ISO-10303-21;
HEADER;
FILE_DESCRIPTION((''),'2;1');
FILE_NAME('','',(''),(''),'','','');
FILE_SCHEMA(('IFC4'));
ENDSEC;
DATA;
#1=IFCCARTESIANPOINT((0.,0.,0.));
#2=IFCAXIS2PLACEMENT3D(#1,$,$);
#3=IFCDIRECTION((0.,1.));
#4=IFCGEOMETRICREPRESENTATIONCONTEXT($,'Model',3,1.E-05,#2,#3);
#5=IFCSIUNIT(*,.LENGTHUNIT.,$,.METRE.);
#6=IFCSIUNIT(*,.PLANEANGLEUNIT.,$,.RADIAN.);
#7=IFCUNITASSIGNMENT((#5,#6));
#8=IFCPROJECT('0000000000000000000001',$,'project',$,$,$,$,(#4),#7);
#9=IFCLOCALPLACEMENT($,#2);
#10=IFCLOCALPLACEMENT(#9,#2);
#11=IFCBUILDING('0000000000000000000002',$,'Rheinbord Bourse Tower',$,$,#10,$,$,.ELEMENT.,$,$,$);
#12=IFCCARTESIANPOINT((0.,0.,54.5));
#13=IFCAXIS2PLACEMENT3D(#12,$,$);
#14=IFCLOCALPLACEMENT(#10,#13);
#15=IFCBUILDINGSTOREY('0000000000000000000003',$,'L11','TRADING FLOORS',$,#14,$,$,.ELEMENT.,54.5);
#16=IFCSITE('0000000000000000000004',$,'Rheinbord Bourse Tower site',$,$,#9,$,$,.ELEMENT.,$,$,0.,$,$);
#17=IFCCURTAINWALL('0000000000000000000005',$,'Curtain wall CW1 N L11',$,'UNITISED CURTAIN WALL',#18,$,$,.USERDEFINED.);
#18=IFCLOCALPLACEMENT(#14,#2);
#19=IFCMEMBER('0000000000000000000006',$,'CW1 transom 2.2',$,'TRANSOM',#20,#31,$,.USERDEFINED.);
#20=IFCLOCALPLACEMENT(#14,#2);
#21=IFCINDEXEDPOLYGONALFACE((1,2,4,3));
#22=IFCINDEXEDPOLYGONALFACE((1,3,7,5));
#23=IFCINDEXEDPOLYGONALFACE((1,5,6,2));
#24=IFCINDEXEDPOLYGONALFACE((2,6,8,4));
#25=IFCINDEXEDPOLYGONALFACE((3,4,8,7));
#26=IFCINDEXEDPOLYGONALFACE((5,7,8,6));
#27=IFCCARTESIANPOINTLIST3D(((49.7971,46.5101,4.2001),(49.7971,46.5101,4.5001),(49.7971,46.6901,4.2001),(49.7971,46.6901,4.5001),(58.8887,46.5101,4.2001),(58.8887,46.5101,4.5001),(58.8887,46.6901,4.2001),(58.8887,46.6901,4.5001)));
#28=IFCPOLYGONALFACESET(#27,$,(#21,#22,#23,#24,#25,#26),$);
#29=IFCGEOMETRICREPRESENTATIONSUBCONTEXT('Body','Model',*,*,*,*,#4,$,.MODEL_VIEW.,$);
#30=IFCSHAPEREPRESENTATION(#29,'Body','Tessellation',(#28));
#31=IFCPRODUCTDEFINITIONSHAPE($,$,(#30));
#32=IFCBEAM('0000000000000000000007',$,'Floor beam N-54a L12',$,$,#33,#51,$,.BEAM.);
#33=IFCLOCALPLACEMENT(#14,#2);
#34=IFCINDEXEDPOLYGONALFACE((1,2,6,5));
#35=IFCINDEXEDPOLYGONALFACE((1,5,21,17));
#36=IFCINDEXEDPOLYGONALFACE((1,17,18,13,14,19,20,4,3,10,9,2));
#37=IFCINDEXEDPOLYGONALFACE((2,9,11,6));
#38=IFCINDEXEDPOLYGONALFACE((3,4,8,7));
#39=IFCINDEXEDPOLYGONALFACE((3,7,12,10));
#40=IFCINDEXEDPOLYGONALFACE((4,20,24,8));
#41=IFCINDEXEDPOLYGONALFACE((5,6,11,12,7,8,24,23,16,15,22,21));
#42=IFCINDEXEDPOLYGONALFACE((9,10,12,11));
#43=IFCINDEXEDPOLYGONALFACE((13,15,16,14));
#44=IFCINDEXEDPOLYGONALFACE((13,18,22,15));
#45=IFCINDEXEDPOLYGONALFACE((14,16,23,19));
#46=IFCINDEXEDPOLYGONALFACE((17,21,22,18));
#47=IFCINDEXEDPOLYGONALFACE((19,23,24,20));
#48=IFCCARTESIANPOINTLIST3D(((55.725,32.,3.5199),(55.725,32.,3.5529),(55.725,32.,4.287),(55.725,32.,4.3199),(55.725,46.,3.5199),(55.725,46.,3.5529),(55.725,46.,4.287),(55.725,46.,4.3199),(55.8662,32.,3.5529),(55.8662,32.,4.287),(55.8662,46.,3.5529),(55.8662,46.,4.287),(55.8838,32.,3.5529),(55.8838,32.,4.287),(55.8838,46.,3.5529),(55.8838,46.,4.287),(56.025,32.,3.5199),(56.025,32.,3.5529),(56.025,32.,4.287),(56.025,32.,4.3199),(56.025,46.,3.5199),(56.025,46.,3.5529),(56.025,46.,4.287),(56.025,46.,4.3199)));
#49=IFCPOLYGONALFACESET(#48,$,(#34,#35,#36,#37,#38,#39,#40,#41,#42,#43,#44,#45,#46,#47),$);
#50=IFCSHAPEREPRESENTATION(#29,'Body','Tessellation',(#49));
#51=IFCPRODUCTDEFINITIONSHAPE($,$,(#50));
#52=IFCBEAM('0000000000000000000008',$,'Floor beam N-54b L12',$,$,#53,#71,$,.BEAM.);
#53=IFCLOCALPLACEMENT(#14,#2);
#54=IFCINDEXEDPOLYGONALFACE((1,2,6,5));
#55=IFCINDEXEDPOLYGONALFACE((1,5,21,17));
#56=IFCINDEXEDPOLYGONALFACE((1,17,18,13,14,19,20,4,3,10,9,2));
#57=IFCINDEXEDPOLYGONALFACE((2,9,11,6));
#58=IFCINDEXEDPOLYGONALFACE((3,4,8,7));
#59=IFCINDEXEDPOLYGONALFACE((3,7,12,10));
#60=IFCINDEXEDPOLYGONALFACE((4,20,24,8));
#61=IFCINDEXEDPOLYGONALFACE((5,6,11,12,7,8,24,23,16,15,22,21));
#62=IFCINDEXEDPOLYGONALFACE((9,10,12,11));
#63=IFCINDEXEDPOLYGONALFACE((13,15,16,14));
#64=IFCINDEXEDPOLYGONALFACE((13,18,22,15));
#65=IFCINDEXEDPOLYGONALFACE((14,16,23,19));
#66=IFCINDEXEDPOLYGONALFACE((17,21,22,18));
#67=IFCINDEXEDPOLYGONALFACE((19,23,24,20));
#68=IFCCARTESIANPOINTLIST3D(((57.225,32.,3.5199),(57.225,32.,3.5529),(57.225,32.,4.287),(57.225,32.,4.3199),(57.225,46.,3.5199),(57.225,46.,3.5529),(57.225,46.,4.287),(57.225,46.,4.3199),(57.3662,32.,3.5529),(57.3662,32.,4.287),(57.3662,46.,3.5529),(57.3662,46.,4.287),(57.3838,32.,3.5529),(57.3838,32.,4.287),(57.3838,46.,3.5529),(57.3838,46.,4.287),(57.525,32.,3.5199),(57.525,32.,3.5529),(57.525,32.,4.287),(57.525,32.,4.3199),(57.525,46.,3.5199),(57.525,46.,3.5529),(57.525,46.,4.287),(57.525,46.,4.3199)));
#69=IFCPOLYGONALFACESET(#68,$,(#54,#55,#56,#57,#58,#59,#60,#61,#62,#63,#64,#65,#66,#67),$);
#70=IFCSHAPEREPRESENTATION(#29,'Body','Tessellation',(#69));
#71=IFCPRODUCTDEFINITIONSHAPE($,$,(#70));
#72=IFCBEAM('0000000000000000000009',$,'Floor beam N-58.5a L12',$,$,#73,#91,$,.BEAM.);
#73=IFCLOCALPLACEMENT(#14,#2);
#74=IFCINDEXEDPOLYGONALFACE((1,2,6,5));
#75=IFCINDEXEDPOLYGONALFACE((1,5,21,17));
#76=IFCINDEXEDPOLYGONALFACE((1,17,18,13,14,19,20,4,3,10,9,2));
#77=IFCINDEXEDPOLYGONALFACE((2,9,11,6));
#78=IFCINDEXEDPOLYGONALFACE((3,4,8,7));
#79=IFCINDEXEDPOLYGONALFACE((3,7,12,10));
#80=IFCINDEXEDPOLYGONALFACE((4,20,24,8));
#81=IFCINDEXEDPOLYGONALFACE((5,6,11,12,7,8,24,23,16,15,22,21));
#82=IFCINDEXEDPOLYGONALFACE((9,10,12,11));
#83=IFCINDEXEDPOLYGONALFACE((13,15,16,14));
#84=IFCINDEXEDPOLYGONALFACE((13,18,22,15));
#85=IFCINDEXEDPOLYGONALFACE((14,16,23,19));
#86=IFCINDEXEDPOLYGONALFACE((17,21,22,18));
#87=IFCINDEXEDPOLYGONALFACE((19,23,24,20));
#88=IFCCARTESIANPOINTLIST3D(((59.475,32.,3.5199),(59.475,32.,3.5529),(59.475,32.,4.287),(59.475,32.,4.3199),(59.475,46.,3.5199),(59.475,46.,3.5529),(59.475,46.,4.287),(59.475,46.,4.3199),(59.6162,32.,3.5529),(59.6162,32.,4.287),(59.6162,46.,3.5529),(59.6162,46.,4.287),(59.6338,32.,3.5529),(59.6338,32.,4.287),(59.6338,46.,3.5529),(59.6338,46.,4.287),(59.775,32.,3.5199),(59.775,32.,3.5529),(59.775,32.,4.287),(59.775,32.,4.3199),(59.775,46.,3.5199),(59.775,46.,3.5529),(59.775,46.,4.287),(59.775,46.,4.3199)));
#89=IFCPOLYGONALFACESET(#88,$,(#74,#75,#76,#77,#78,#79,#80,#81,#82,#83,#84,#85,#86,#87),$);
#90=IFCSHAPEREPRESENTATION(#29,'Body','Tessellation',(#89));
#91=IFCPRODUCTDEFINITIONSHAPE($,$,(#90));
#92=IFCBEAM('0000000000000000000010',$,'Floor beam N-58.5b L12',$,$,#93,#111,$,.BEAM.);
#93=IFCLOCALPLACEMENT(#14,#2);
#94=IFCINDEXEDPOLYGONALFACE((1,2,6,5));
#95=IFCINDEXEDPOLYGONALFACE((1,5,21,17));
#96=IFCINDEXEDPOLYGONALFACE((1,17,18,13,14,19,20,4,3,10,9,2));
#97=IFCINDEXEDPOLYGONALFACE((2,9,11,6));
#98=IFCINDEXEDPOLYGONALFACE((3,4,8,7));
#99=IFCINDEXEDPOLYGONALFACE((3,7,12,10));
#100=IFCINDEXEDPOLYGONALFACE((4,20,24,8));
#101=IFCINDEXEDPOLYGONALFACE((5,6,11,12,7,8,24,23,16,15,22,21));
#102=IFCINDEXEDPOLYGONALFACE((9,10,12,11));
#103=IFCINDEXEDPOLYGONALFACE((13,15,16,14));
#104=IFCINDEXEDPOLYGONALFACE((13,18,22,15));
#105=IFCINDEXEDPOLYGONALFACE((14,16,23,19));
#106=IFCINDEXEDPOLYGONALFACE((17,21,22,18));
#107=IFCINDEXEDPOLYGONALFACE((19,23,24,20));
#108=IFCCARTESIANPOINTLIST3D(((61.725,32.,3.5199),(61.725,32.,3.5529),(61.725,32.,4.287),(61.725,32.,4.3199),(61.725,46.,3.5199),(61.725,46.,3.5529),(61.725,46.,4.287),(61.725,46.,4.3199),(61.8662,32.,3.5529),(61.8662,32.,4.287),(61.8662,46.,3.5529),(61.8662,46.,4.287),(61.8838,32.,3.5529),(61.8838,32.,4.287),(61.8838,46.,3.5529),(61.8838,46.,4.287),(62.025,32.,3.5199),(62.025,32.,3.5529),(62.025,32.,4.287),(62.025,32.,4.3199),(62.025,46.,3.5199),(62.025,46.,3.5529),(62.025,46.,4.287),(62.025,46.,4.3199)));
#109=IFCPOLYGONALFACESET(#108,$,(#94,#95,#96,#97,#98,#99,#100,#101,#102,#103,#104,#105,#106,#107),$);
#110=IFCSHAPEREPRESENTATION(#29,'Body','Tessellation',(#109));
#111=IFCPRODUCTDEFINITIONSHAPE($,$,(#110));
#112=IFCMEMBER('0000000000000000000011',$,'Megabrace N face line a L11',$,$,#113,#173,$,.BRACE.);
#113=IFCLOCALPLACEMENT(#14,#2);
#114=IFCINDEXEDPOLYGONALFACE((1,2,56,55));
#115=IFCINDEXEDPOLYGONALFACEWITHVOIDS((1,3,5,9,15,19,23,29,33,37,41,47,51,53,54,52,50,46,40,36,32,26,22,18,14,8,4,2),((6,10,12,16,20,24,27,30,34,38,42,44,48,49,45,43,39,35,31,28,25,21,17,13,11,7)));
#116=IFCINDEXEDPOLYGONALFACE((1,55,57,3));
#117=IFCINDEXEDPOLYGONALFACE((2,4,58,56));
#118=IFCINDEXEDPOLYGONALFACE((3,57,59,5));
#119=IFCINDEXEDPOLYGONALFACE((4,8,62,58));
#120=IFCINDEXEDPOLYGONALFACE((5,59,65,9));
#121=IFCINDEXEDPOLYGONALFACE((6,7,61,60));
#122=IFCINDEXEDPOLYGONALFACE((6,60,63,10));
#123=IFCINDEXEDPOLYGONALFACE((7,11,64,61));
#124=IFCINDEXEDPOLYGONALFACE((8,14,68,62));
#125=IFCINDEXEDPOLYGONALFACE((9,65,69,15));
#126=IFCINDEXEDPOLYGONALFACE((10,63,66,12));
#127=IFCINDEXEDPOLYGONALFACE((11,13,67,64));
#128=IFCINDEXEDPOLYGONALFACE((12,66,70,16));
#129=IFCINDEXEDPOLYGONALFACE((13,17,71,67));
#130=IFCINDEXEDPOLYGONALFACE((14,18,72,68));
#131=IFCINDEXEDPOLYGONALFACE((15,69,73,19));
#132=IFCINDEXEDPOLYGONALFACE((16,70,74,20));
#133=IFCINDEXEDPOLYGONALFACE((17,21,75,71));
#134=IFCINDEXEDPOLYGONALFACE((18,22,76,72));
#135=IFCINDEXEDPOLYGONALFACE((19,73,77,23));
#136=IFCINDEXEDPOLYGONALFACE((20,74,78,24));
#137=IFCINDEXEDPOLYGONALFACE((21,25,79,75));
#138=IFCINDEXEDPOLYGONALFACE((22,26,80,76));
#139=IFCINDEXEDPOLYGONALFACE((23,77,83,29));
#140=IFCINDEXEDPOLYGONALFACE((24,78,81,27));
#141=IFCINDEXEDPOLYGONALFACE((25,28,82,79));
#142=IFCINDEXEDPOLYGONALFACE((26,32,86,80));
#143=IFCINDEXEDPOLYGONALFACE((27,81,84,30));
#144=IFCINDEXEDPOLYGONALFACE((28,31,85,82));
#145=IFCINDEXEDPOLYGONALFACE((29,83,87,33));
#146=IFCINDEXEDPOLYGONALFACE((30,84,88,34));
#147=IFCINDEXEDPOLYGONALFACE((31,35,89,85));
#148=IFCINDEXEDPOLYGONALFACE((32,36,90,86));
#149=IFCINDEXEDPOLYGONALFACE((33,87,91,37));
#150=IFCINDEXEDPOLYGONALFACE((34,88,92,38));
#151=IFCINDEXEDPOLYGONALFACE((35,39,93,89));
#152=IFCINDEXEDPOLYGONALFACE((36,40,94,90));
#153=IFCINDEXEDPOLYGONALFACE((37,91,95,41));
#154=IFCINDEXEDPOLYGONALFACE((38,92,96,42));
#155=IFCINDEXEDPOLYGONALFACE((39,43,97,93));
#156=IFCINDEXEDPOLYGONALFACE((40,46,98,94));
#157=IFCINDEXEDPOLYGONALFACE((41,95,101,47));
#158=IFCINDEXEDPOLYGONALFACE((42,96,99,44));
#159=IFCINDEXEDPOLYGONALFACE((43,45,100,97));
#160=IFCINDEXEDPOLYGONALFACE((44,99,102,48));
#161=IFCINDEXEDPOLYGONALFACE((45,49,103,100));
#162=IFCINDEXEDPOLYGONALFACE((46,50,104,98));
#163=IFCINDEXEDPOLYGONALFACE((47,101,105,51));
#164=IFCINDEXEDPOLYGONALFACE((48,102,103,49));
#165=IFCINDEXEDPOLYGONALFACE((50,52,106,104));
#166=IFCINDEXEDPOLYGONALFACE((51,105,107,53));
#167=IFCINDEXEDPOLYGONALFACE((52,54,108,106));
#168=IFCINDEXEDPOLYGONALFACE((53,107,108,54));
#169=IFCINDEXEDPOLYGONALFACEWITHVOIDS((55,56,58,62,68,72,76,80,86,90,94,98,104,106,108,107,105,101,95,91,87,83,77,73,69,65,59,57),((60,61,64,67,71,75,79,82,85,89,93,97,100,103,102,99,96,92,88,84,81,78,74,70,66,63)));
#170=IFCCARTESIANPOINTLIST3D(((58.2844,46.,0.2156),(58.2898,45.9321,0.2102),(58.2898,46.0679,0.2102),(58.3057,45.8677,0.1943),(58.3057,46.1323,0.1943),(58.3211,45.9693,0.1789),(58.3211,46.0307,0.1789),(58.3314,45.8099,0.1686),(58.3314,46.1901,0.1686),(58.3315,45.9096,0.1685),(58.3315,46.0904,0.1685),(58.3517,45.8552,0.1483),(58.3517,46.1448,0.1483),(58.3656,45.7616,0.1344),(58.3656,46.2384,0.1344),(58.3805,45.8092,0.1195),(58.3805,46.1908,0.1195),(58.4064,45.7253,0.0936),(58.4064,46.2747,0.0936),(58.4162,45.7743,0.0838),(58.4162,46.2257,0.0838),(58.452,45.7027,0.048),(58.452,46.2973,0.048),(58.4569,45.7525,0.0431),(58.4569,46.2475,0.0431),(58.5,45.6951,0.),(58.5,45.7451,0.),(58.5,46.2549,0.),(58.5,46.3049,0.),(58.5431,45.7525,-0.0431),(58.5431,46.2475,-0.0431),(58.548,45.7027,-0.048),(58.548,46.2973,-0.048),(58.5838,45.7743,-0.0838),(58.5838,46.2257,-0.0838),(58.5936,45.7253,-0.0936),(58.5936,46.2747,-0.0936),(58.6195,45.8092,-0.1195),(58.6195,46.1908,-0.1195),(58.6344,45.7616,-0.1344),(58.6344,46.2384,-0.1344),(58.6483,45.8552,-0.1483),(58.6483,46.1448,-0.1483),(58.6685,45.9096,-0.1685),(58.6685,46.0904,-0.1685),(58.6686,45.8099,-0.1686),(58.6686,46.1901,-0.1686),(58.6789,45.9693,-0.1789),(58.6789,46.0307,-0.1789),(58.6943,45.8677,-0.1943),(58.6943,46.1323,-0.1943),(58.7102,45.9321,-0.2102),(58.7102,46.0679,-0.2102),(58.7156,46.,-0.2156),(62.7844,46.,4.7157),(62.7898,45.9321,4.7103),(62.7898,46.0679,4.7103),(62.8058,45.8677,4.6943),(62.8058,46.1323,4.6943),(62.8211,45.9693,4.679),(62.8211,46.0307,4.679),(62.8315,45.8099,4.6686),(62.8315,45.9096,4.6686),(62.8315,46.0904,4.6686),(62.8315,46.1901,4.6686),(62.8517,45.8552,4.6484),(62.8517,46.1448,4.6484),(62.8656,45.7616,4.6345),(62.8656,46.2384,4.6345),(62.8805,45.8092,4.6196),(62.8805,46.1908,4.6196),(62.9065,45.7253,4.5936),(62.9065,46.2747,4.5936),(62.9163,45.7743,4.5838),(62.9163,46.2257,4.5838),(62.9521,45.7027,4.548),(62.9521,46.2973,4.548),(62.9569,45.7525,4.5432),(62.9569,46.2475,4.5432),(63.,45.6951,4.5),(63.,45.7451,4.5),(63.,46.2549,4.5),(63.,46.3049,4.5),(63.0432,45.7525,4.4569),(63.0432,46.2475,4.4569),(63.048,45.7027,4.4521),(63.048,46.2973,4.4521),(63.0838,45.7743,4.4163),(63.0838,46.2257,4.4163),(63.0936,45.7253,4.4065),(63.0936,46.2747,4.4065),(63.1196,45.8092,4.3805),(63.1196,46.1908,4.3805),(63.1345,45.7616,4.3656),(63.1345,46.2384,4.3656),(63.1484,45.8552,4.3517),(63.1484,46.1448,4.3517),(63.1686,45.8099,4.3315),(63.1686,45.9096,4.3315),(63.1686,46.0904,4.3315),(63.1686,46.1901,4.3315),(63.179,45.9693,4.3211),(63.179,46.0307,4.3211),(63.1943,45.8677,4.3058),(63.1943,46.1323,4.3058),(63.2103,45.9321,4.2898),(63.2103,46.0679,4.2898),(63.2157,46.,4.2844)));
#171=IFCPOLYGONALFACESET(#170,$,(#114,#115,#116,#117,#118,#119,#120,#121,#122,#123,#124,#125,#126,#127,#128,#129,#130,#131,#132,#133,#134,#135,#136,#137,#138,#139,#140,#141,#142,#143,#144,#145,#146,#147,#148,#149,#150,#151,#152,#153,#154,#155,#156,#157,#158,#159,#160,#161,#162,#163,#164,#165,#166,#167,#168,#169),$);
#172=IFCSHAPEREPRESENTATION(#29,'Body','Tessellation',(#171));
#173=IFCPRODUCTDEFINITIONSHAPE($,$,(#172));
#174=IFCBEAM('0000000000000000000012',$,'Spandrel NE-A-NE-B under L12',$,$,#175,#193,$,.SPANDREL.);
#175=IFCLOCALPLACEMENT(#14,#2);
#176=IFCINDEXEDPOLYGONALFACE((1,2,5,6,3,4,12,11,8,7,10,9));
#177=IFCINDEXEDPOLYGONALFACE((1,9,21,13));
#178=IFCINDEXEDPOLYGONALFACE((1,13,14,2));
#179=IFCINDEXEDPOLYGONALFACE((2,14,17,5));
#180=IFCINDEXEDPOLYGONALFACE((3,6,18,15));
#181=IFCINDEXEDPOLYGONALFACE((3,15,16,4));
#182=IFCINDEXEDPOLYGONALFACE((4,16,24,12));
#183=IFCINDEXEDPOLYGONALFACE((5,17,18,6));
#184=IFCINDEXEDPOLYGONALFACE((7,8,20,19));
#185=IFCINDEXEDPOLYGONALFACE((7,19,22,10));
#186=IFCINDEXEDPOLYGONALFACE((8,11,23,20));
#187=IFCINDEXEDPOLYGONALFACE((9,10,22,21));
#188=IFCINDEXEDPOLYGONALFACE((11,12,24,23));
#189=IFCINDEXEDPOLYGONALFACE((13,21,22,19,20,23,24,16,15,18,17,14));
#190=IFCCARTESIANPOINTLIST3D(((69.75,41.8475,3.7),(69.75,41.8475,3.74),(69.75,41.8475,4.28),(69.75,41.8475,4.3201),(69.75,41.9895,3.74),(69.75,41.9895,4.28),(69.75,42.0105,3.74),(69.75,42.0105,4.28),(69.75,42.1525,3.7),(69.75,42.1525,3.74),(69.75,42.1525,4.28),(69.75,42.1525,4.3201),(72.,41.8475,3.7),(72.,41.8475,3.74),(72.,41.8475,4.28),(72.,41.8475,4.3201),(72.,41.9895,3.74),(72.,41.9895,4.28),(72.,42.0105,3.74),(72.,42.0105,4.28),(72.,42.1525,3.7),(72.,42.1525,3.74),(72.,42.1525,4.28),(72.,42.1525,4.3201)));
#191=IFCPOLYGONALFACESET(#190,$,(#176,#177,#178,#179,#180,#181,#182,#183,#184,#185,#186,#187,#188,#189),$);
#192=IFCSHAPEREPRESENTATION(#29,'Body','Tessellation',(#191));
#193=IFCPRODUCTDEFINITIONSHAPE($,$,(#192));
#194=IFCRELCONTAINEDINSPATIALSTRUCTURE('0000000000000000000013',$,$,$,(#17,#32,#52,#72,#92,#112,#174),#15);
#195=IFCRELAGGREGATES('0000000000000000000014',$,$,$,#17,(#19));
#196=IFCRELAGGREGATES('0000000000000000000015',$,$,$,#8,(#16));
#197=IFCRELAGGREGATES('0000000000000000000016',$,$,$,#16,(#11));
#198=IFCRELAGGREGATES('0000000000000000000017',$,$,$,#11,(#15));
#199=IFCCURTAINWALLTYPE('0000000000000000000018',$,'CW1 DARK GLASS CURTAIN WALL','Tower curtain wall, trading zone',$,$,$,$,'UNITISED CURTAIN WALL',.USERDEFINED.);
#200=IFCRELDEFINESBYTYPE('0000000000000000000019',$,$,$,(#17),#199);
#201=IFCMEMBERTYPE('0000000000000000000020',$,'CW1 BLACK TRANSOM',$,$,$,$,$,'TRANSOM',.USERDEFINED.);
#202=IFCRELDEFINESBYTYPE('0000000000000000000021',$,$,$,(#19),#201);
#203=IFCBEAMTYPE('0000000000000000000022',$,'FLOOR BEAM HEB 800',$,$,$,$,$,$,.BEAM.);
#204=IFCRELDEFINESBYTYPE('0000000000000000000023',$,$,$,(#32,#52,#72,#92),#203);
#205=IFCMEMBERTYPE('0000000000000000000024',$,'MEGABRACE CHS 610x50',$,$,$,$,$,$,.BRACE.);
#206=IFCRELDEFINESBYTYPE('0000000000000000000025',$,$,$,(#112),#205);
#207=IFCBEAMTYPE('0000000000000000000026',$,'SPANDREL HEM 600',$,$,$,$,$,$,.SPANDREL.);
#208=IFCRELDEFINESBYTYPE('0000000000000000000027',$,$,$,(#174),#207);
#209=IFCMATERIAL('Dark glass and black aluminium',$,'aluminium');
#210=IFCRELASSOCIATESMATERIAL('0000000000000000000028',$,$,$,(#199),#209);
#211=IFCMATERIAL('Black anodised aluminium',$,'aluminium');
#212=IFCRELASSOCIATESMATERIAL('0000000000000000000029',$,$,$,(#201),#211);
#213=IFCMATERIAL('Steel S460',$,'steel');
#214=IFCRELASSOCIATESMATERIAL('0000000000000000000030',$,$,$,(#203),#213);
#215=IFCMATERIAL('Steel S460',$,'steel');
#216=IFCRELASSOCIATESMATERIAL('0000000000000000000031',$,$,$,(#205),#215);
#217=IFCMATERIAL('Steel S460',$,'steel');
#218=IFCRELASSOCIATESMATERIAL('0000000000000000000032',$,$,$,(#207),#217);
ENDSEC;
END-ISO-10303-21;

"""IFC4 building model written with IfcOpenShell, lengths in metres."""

from ifc_helpers import new_model, si_unit, direction, frame, origin, origin_2d, place, context, subcontext, project, spatial, rectangle, hollow_circle, i_section, extrude, material, material_profile, profile_set, type_object, element, aggregate, save


model = new_model("IFC4")

# Units and contexts
model_context = context("Model", 3, precision=1e-05, world=origin(), true_north=direction((0.0, 1.0)))
body_context = subcontext(model_context, "Body", "Model", "MODEL_VIEW")
ifc_project = project(units=[si_unit("LENGTHUNIT", "METRE"), si_unit("PLANEANGLEUNIT", "RADIAN")], contexts=[model_context])

# Site, building, storey
site_placement = place(None, origin())
site = spatial("IfcSite", under=ifc_project, at=site_placement, Name="Rheinbord Bourse Tower site", CompositionType="ELEMENT", RefElevation=0.0)
building_placement = place(site_placement, origin())
building = spatial("IfcBuilding", under=site, at=building_placement, Name="Rheinbord Bourse Tower", CompositionType="ELEMENT")
storey_placement = place(building_placement, frame((0.0, 0.0, 54.5)))
storey = spatial("IfcBuildingStorey", under=building, at=storey_placement, Name="L11", Description="TRADING FLOORS", CompositionType="ELEMENT", Elevation=54.5)

# Curtain wall
ifc_material_1 = material(Name="Dark glass and black aluminium", Category="aluminium")
curtain_wall_type = type_object("IfcCurtainWallType", Name="CW1 DARK GLASS CURTAIN WALL", Description="Tower curtain wall, trading zone", ElementType="UNITISED CURTAIN WALL", PredefinedType="USERDEFINED", material=ifc_material_1)
curtain_wall_1_placement = place(storey_placement, origin())
curtain_wall_1 = element("IfcCurtainWall", 1, at=curtain_wall_1_placement, inside=storey, type_object=curtain_wall_type, Name="Curtain wall CW1 N L11", ObjectType="UNITISED CURTAIN WALL", PredefinedType="USERDEFINED")

# Member
ifc_material_2 = material(Name="Black anodised aluminium", Category="aluminium")
ifc_material_profile_1 = material_profile(ifc_material_2, rectangle(XDim=0.1799, YDim=0.3, at=origin_2d()), Name="CW1 TRANSOM 300x180")
ifc_profile_set_1 = profile_set([ifc_material_profile_1], Name="Black anodised aluminium")
member_type_1 = type_object("IfcMemberType", Name="CW1 BLACK TRANSOM", ElementType="TRANSOM", PredefinedType="USERDEFINED", material=ifc_profile_set_1)
member_1_placement = place(storey_placement, frame((58.8887, 46.6001, 4.3501), z_axis=(-1.0, 0.0, 0.0), x_axis=(0.0, -1.0, 0.0)))
member_1 = element("IfcMember", 2, at=member_1_placement, type_object=member_type_1, Name="CW1 transom 2.2", ObjectType="TRANSOM", PredefinedType="USERDEFINED", context=body_context, shape_type="SweptSolid", body=[
    extrude(rectangle(XDim=0.1799, YDim=0.3, at=origin_2d()), origin(), (0.0, 0.0, 1.0), 9.0916),
])

# Beams
ifc_material_3 = material(Name="Steel S460", Category="steel")
ifc_material_profile_2 = material_profile(ifc_material_3, i_section(OverallWidth=0.3, OverallDepth=0.8, WebThickness=0.0176, FlangeThickness=0.033, at=origin_2d()), Name="HEB 800")
ifc_profile_set_2 = profile_set([ifc_material_profile_2], Name="Steel S460")
beam_type_1 = type_object("IfcBeamType", Name="FLOOR BEAM HEB 800", PredefinedType="BEAM", material=ifc_profile_set_2)
for number, where, z_axis, x_axis, name in (
    (3, (55.875, 46.0, 3.9199), (0.0, -1.0, 0.0), (1.0, 0.0, 0.0), "Floor beam N-54a L12"),
    (4, (57.375, 46.0, 3.9199), (0.0, -1.0, 0.0), (1.0, 0.0, 0.0), "Floor beam N-54b L12"),
    (5, (59.625, 46.0, 3.9199), (0.0, -1.0, 0.0), (1.0, 0.0, 0.0), "Floor beam N-58.5a L12"),
    (6, (61.875, 46.0, 3.9199), (0.0, -1.0, 0.0), (1.0, 0.0, 0.0), "Floor beam N-58.5b L12"),
):
    element("IfcBeam", number, at=place(storey_placement, frame(where, z_axis=z_axis, x_axis=x_axis)), inside=storey, type_object=beam_type_1, Name=name, PredefinedType="BEAM", context=body_context, shape_type="SweptSolid", body=[
        extrude(i_section(OverallWidth=0.3, OverallDepth=0.8, WebThickness=0.0176, FlangeThickness=0.033, at=origin_2d()), origin(), (0.0, 0.0, 1.0), 14.0),
    ])

# Member
ifc_material_4 = material(Name="Steel S460", Category="steel")
ifc_material_profile_3 = material_profile(ifc_material_4, hollow_circle(Radius=0.3049, WallThickness=0.05, at=origin_2d()), Name="CHS 610x50")
ifc_profile_set_3 = profile_set([ifc_material_profile_3], Name="Steel S460")
member_type_2 = type_object("IfcMemberType", Name="MEGABRACE CHS 610x50", PredefinedType="BRACE", material=ifc_profile_set_3)
member_2_placement = place(storey_placement, frame((58.5, 46.0, 0.0), z_axis=(0.707107, 0.0, 0.707107), x_axis=(0.0, 1.0, 0.0)))
element("IfcMember", 7, at=member_2_placement, inside=storey, type_object=member_type_2, Name="Megabrace N face line a L11", PredefinedType="BRACE", context=body_context, shape_type="SweptSolid", body=[
    extrude(hollow_circle(Radius=0.3049, WallThickness=0.05, at=origin_2d()), origin(), (0.0, 0.0, 1.0), 6.364),
])

# Beam
ifc_material_5 = material(Name="Steel S460", Category="steel")
ifc_material_profile_4 = material_profile(ifc_material_5, i_section(OverallWidth=0.3049, OverallDepth=0.6201, WebThickness=0.021, FlangeThickness=0.04, at=origin_2d()), Name="HEM 600")
ifc_profile_set_4 = profile_set([ifc_material_profile_4], Name="Steel S460")
beam_type_2 = type_object("IfcBeamType", Name="SPANDREL HEM 600", PredefinedType="SPANDREL", material=ifc_profile_set_4)
for number, where, z_axis, x_axis, name in (
    (8, (72.0, 42.0, 4.01), (-1.0, 0.0, 0.0), (0.0, -1.0, 0.0), "Spandrel NE-A-NE-B under L12"),
):
    element("IfcBeam", number, at=place(storey_placement, frame(where, z_axis=z_axis, x_axis=x_axis)), inside=storey, type_object=beam_type_2, Name=name, PredefinedType="SPANDREL", context=body_context, shape_type="SweptSolid", body=[
        extrude(i_section(OverallWidth=0.3049, OverallDepth=0.6201, WebThickness=0.021, FlangeThickness=0.04, at=origin_2d()), origin(), (0.0, 0.0, 1.0), 2.25),
    ])

aggregate(curtain_wall_1, [member_1])

save(model, "model.ifc")
